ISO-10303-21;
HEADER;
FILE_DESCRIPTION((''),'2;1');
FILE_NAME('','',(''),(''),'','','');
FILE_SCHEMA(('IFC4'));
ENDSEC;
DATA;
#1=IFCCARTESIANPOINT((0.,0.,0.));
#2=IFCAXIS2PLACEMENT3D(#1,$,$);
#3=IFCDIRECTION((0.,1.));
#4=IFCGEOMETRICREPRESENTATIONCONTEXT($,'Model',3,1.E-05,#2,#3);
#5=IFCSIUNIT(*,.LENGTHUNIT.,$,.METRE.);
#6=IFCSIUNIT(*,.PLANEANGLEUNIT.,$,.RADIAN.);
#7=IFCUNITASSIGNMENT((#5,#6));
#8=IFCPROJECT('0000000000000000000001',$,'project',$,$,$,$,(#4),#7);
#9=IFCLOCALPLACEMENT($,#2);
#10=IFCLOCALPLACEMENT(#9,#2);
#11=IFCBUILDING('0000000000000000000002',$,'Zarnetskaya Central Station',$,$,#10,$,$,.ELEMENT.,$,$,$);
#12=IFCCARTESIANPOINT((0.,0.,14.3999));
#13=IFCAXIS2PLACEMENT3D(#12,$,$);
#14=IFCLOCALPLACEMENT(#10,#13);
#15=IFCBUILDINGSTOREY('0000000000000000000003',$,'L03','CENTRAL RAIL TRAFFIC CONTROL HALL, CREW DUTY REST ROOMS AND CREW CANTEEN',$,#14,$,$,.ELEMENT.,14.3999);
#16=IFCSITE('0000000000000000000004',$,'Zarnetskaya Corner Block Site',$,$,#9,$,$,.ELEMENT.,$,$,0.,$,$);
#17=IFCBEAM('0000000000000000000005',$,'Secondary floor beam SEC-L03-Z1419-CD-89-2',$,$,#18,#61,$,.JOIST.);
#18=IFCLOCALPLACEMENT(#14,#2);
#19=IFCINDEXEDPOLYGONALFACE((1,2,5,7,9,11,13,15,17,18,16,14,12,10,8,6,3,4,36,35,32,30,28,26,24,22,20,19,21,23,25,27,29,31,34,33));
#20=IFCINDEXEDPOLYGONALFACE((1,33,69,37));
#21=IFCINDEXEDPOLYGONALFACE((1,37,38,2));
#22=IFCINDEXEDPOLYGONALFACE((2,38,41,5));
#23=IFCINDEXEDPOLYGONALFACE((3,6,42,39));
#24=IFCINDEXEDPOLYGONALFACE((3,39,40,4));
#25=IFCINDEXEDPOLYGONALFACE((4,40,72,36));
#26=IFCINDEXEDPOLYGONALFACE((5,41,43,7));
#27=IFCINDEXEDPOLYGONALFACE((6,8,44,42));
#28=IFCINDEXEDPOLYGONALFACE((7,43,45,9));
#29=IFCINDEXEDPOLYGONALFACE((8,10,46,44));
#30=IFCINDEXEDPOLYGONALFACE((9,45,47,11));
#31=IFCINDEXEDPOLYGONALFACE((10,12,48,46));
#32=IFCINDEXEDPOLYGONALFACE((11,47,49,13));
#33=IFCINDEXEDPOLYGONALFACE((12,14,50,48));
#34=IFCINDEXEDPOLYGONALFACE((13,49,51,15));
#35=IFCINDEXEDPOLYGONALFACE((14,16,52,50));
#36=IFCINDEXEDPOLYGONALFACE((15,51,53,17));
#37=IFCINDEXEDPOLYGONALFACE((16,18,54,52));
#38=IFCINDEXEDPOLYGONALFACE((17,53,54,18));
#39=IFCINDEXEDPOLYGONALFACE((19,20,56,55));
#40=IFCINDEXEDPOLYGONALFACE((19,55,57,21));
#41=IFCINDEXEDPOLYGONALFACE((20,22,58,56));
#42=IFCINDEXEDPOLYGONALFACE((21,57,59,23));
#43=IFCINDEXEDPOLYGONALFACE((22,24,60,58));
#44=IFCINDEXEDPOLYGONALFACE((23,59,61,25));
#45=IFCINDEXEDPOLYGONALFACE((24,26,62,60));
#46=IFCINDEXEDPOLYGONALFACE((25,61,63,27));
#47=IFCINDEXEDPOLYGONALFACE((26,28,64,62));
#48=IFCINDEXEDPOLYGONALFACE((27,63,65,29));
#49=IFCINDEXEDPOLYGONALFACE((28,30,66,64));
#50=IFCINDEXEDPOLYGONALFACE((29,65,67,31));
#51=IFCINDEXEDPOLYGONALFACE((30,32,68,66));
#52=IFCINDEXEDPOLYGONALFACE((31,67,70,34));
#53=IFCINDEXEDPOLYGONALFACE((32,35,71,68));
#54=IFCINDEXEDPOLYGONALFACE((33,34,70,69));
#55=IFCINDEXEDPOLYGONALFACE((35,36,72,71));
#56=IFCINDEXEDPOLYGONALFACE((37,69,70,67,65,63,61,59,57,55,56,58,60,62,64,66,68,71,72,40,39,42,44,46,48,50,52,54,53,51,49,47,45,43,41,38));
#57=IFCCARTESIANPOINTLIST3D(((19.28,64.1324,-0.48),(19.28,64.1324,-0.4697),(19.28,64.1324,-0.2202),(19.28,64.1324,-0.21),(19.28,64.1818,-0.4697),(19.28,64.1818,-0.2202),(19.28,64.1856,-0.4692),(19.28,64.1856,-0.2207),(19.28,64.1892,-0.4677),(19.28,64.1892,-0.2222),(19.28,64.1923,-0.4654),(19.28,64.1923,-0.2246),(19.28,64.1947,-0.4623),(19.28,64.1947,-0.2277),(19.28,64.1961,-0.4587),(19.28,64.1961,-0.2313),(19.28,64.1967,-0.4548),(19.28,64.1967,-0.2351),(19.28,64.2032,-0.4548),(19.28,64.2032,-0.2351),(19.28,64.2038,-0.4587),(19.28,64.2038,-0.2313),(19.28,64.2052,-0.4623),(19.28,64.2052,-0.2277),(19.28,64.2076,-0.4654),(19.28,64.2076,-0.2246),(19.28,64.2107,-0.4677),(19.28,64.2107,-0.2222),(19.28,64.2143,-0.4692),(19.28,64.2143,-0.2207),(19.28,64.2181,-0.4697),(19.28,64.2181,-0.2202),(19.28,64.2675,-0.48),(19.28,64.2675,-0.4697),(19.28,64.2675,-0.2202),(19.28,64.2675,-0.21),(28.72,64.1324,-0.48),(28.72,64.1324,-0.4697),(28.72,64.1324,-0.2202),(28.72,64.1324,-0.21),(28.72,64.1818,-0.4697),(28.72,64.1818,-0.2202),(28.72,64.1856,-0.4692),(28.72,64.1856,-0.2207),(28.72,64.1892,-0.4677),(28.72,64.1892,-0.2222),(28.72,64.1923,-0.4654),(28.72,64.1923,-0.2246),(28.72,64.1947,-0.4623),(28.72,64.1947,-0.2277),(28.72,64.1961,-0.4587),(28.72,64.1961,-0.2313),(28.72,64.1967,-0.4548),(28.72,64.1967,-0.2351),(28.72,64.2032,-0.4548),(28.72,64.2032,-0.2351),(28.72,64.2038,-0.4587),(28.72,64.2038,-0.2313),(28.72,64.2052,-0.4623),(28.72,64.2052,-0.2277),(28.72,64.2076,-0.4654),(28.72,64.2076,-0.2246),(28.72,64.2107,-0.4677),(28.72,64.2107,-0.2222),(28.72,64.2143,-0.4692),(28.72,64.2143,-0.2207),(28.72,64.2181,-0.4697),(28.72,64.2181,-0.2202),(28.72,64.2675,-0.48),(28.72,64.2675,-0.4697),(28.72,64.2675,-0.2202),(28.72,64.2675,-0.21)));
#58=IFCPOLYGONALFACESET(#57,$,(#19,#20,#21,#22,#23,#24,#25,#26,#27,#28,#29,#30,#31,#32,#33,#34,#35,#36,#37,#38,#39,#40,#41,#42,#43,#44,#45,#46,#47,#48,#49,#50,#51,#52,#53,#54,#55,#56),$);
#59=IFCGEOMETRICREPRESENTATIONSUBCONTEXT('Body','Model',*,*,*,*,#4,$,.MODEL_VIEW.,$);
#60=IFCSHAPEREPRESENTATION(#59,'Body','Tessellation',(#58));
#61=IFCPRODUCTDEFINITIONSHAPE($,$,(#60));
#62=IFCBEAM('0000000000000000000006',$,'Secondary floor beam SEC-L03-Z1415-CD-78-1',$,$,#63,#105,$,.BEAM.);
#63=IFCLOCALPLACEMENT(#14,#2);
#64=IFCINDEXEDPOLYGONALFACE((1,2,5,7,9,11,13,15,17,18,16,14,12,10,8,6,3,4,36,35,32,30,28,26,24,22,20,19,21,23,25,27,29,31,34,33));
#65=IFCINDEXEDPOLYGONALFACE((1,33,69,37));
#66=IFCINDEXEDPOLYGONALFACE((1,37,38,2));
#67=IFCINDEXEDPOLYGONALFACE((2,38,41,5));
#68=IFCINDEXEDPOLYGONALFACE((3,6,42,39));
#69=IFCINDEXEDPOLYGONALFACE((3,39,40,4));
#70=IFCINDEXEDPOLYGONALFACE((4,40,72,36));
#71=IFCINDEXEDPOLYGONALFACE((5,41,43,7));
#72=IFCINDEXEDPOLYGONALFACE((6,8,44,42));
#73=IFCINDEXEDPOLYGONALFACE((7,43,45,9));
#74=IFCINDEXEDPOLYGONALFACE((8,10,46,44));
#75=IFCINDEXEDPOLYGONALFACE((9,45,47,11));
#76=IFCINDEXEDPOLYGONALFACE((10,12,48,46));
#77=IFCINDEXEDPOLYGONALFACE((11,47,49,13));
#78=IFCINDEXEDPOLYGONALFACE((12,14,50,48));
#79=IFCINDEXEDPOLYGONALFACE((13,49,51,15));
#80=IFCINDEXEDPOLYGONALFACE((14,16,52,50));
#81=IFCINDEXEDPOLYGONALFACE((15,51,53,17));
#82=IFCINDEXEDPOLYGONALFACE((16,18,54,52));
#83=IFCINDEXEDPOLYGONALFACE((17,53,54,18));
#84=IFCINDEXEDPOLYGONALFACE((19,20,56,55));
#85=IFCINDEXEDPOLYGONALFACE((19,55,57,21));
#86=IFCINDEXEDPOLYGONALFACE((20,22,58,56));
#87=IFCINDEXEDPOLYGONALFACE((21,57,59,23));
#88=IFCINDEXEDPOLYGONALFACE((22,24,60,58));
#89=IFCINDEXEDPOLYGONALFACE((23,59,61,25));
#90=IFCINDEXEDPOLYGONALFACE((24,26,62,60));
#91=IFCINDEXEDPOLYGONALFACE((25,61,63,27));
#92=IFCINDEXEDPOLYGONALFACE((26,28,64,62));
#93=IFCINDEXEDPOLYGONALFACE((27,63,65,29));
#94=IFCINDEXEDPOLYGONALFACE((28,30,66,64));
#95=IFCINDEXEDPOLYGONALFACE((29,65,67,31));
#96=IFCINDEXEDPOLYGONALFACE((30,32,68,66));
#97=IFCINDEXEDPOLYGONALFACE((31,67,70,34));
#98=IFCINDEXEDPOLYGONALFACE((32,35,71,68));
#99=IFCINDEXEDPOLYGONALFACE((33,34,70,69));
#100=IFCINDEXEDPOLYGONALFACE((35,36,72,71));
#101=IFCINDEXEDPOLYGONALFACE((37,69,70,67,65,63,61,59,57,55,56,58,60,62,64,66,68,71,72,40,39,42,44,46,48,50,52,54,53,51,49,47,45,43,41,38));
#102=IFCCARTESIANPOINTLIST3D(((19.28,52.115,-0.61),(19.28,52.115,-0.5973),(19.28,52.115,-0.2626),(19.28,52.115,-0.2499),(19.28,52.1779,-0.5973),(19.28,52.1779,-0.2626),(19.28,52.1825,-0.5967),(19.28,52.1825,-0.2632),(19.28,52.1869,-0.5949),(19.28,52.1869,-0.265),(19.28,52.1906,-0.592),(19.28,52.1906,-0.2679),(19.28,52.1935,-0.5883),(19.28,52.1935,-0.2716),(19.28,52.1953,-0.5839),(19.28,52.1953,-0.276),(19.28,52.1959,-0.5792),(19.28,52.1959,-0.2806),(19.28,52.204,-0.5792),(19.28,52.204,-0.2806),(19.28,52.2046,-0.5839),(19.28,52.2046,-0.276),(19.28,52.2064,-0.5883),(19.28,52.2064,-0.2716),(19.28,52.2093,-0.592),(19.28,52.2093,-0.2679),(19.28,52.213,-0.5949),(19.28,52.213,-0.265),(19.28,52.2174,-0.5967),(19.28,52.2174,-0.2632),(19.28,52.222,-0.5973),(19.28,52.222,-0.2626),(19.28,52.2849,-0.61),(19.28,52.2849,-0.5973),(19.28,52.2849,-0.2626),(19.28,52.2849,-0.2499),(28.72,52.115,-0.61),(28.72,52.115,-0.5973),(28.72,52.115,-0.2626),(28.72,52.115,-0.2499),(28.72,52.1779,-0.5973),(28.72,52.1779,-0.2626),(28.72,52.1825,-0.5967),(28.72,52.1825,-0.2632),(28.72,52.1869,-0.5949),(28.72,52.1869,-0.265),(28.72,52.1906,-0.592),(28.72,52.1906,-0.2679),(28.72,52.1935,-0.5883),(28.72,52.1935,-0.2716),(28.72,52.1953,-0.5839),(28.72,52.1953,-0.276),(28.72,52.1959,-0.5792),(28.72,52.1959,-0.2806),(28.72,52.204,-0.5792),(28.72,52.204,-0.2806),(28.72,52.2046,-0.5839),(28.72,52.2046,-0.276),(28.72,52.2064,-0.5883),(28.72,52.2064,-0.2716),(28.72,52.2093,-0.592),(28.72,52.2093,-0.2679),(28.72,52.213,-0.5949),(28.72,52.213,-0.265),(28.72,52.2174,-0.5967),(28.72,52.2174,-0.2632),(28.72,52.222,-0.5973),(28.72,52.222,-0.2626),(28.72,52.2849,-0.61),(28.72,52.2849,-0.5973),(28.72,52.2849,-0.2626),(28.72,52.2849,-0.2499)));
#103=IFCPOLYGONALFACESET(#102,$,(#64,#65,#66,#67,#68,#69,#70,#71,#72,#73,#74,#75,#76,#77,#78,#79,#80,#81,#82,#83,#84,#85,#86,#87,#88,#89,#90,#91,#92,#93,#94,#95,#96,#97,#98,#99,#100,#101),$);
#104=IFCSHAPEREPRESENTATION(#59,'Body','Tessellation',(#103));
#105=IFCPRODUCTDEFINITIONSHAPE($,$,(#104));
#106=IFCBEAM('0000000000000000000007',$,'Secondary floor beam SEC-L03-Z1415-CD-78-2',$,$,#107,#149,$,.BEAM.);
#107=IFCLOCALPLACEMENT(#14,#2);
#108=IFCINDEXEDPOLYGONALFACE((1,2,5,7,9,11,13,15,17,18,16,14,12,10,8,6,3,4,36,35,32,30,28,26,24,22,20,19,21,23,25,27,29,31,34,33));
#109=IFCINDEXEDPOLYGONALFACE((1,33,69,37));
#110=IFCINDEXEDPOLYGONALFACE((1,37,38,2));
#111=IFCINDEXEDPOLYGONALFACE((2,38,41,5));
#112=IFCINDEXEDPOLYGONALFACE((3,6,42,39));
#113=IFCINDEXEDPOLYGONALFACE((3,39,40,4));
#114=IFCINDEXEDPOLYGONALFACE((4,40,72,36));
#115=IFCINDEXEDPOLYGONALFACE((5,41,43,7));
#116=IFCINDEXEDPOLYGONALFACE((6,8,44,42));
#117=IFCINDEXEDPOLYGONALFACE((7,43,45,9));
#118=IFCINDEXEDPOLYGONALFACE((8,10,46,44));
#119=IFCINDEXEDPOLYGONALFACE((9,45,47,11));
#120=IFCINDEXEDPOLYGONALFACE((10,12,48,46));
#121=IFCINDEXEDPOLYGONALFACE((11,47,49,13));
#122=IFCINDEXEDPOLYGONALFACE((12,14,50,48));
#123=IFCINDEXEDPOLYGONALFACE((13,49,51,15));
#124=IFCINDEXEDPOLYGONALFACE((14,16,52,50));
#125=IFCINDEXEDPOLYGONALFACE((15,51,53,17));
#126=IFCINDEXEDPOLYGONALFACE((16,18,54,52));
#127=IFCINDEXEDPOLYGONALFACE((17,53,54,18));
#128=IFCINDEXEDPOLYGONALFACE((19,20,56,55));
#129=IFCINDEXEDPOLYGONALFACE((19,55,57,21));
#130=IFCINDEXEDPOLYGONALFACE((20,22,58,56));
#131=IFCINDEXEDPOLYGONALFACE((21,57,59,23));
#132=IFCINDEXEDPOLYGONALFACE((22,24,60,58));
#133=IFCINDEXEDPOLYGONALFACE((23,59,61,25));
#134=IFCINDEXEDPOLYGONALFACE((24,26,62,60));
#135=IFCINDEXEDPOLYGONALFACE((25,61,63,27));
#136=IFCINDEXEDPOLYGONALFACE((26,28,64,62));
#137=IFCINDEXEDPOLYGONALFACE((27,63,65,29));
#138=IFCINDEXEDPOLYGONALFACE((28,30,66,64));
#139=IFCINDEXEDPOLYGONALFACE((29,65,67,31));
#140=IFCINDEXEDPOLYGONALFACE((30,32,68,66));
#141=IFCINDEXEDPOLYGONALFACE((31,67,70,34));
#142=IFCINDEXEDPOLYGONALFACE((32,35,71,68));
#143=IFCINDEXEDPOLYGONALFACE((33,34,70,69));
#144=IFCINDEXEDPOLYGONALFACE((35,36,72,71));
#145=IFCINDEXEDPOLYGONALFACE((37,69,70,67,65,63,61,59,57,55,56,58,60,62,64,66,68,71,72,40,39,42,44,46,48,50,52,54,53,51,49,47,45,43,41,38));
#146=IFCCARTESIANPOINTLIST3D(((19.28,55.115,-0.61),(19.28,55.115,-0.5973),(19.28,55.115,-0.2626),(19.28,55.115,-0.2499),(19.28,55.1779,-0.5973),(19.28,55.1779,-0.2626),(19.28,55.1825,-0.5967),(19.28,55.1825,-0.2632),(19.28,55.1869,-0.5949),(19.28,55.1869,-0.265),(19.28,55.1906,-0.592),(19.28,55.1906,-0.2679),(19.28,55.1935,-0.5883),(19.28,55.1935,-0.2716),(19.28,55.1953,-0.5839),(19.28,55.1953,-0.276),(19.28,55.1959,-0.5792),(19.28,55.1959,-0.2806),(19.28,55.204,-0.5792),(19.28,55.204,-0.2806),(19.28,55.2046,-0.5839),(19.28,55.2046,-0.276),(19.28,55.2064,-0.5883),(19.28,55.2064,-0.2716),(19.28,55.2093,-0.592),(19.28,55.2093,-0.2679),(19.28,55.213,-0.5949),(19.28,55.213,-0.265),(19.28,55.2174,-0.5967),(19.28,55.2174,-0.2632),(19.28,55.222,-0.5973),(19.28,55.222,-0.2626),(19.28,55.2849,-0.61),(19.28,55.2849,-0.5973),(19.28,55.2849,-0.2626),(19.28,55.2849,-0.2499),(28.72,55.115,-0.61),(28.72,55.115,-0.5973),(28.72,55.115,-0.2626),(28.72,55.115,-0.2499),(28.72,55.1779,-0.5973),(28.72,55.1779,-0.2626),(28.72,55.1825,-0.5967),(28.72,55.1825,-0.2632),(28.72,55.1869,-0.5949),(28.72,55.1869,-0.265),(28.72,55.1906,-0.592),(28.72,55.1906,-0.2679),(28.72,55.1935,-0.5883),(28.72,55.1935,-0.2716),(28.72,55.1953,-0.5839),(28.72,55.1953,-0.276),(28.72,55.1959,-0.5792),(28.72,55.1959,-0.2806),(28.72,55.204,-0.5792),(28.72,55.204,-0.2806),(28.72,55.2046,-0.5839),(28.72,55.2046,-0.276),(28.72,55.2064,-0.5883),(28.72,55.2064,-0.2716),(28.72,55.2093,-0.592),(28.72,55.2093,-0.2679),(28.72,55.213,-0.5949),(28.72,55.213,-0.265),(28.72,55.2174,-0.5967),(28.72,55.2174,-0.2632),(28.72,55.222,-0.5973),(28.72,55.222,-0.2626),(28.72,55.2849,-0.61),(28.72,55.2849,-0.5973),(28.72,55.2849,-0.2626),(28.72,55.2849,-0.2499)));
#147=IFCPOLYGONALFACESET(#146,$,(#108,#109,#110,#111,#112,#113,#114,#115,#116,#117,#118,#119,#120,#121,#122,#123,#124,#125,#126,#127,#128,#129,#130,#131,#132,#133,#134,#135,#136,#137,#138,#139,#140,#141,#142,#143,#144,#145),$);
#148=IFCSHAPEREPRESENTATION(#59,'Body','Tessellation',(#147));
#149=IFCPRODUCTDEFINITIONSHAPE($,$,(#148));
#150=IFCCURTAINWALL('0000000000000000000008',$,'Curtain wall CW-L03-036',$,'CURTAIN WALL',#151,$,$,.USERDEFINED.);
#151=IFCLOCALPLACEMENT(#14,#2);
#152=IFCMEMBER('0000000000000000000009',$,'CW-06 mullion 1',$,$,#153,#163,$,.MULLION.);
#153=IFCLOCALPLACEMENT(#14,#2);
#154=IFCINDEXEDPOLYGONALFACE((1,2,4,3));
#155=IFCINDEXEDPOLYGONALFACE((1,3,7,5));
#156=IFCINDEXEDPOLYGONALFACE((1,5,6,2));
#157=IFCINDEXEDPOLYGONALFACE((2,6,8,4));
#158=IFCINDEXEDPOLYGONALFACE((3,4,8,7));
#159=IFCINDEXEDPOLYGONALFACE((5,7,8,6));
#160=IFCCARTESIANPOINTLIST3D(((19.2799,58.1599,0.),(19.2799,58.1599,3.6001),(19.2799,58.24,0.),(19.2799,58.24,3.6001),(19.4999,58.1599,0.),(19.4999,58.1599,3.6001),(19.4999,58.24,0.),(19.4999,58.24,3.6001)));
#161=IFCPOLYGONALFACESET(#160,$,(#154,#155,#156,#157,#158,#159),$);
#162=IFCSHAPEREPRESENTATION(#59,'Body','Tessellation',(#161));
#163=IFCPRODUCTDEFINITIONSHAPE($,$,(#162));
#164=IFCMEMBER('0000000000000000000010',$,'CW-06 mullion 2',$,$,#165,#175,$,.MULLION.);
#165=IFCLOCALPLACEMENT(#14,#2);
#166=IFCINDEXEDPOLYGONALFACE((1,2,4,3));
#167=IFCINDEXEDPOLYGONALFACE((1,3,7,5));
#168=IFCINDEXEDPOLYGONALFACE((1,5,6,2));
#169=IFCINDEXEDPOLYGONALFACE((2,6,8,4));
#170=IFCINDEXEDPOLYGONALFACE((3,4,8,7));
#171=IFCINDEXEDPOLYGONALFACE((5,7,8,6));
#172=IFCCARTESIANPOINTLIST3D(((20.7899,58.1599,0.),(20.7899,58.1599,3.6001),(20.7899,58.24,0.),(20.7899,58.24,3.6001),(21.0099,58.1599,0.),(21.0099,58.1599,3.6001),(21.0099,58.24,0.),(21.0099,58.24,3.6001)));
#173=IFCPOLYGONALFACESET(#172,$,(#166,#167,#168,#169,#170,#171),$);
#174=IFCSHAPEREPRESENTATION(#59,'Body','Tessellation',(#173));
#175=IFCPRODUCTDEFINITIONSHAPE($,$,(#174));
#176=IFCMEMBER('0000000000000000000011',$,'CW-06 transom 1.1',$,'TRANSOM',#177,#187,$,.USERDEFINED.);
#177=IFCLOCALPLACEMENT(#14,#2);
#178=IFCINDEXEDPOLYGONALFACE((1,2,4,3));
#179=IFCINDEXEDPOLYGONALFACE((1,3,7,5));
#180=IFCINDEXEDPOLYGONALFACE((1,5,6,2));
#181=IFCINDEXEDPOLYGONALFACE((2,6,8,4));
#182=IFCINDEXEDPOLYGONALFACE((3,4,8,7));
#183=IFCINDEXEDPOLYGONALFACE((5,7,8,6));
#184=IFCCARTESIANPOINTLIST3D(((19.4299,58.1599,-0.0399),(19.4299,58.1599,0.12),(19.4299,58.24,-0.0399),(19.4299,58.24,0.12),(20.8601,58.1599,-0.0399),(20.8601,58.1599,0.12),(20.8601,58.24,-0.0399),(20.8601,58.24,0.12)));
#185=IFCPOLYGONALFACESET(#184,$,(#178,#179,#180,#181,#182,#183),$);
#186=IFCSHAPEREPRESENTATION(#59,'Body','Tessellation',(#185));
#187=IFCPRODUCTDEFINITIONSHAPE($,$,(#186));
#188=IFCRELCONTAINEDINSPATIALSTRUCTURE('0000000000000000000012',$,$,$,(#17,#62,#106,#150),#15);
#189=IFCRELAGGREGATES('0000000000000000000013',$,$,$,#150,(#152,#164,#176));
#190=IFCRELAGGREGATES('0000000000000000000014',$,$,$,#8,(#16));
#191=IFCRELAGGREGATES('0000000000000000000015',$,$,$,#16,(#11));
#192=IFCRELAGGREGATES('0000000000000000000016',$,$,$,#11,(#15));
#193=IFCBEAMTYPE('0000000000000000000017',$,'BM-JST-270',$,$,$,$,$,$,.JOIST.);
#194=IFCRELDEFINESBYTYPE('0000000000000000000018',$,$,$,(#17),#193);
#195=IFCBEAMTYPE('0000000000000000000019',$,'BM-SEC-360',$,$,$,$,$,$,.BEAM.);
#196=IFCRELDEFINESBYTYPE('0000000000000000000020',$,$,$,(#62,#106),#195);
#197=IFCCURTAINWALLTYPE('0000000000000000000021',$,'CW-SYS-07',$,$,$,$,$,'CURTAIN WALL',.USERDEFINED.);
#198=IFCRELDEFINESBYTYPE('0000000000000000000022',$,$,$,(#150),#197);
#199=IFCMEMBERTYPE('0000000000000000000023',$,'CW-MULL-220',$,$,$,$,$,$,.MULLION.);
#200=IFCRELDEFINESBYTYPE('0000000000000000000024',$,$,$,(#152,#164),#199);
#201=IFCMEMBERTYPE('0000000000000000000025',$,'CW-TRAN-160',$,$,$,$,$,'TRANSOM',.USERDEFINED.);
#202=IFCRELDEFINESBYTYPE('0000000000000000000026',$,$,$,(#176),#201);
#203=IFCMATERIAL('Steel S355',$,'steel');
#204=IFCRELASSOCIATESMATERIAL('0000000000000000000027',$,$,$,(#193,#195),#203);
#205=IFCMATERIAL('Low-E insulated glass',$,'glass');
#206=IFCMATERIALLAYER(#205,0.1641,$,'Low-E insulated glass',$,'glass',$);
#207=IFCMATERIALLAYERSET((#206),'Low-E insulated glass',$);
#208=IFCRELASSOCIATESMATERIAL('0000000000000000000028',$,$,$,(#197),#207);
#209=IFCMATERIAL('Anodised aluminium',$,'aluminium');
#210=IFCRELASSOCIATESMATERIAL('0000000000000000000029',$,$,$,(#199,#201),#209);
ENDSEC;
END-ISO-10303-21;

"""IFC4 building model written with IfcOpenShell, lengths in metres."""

from ifc_helpers import new_model, si_unit, direction, frame, origin, origin_2d, place, context, subcontext, project, spatial, rectangle, i_section, extrude, material, layer, layer_set, material_profile, profile_set, type_object, element, aggregate, save


model = new_model("IFC4")

# Units and contexts
model_context = context("Model", 3, precision=1e-05, world=origin(), true_north=direction((0.0, 1.0)))
body_context = subcontext(model_context, "Body", "Model", "MODEL_VIEW")
ifc_project = project(units=[si_unit("LENGTHUNIT", "METRE"), si_unit("PLANEANGLEUNIT", "RADIAN")], contexts=[model_context])

# Site, building, storey
site_placement = place(None, origin())
site = spatial("IfcSite", under=ifc_project, at=site_placement, Name="Zarnetskaya Corner Block Site", CompositionType="ELEMENT", RefElevation=0.0)
building_placement = place(site_placement, origin())
building = spatial("IfcBuilding", under=site, at=building_placement, Name="Zarnetskaya Central Station", CompositionType="ELEMENT")
storey_placement = place(building_placement, frame((0.0, 0.0, 14.3999)))
storey = spatial("IfcBuildingStorey", under=building, at=storey_placement, Name="L03", Description="CENTRAL RAIL TRAFFIC CONTROL HALL, CREW DUTY REST ROOMS AND CREW CANTEEN", CompositionType="ELEMENT", Elevation=14.3999)

# Shared definitions
ifc_material_1 = material(Name="Steel S355", Category="steel")

# Beams
ifc_material_profile_1 = material_profile(ifc_material_1, i_section(OverallWidth=0.135, OverallDepth=0.27, WebThickness=0.0066, FlangeThickness=0.0103, FilletRadius=0.0149, at=origin_2d()), Name="IPE 270")
ifc_profile_set_1 = profile_set([ifc_material_profile_1], Name="Steel S355")
beam_type_1 = type_object("IfcBeamType", Name="BM-JST-270", PredefinedType="JOIST", material=ifc_profile_set_1)
for number, where, z_axis, x_axis, name in (
    (1, (19.28, 64.2, -0.345), (1.0, 0.0, 0.0), (0.0, 1.0, 0.0), "Secondary floor beam SEC-L03-Z1419-CD-89-2"),
):
    element("IfcBeam", number, at=place(storey_placement, frame(where, z_axis=z_axis, x_axis=x_axis)), inside=storey, type_object=beam_type_1, Name=name, PredefinedType="JOIST", context=body_context, shape_type="SweptSolid", body=[
        extrude(i_section(OverallWidth=0.135, OverallDepth=0.27, WebThickness=0.0066, FlangeThickness=0.0103, FilletRadius=0.0149, at=origin_2d()), origin(), (0.0, 0.0, 1.0), 9.4399),
    ])
ifc_material_profile_2 = material_profile(ifc_material_1, i_section(OverallWidth=0.1699, OverallDepth=0.3601, WebThickness=0.0081, FlangeThickness=0.0127, FilletRadius=0.0181, at=origin_2d()), Name="IPE 360")
ifc_profile_set_2 = profile_set([ifc_material_profile_2], Name="Steel S355")
beam_type_2 = type_object("IfcBeamType", Name="BM-SEC-360", PredefinedType="BEAM", material=ifc_profile_set_2)
for number, where, z_axis, x_axis, name in (
    (2, (19.28, 52.2, -0.4299), (1.0, 0.0, 0.0), (0.0, 1.0, 0.0), "Secondary floor beam SEC-L03-Z1415-CD-78-1"),
    (3, (19.28, 55.2, -0.4299), (1.0, 0.0, 0.0), (0.0, 1.0, 0.0), "Secondary floor beam SEC-L03-Z1415-CD-78-2"),
):
    element("IfcBeam", number, at=place(storey_placement, frame(where, z_axis=z_axis, x_axis=x_axis)), inside=storey, type_object=beam_type_2, Name=name, PredefinedType="BEAM", context=body_context, shape_type="SweptSolid", body=[
        extrude(i_section(OverallWidth=0.1699, OverallDepth=0.3601, WebThickness=0.0081, FlangeThickness=0.0127, FilletRadius=0.0181, at=origin_2d()), origin(), (0.0, 0.0, 1.0), 9.4399),
    ])

# Curtain wall, members
ifc_material_2 = material(Name="Low-E insulated glass", Category="glass")
ifc_layer_1 = layer(ifc_material_2, 0.1641, Name="Low-E insulated glass", Category="glass")
ifc_layer_set_1 = layer_set([ifc_layer_1], Name="Low-E insulated glass")
curtain_wall_type = type_object("IfcCurtainWallType", Name="CW-SYS-07", ElementType="CURTAIN WALL", PredefinedType="USERDEFINED", material=ifc_layer_set_1)
curtain_wall_placement = place(storey_placement, origin())
curtain_wall = element("IfcCurtainWall", 4, at=curtain_wall_placement, inside=storey, type_object=curtain_wall_type, Name="Curtain wall CW-L03-036", ObjectType="CURTAIN WALL", PredefinedType="USERDEFINED")
ifc_material_3 = material(Name="Anodised aluminium", Category="aluminium")
ifc_material_profile_3 = material_profile(ifc_material_3, rectangle(XDim=0.0801, YDim=0.22, at=origin_2d()), Name="ALU MULL 80x220")
ifc_profile_set_3 = profile_set([ifc_material_profile_3], Name="Anodised aluminium")
member_type_1 = type_object("IfcMemberType", Name="CW-MULL-220", PredefinedType="MULLION", material=ifc_profile_set_3)
member_1_placement = place(storey_placement, frame((19.3899, 58.2, 0.0), z_axis=(0.0, 0.0, 1.0), x_axis=(0.0, 1.0, 0.0)))
member_1 = element("IfcMember", 5, at=member_1_placement, type_object=member_type_1, Name="CW-06 mullion 1", PredefinedType="MULLION", context=body_context, shape_type="SweptSolid", body=[
    extrude(rectangle(XDim=0.0801, YDim=0.22, at=origin_2d()), origin(), (0.0, 0.0, 1.0), 3.6001),
])
member_2_placement = place(storey_placement, frame((20.8999, 58.2, 0.0), z_axis=(0.0, 0.0, 1.0), x_axis=(0.0, 1.0, 0.0)))
member_2 = element("IfcMember", 6, at=member_2_placement, type_object=member_type_1, Name="CW-06 mullion 2", PredefinedType="MULLION", context=body_context, shape_type="SweptSolid", body=[
    extrude(rectangle(XDim=0.0801, YDim=0.22, at=origin_2d()), origin(), (0.0, 0.0, 1.0), 3.6001),
])
ifc_material_profile_4 = material_profile(ifc_material_3, rectangle(XDim=0.0801, YDim=0.1599, at=origin_2d()), Name="ALU TRAN 80x160")
ifc_profile_set_4 = profile_set([ifc_material_profile_4], Name="Anodised aluminium")
member_type_2 = type_object("IfcMemberType", Name="CW-TRAN-160", ElementType="TRANSOM", PredefinedType="USERDEFINED", material=ifc_profile_set_4)
member_3_placement = place(storey_placement, frame((19.4299, 58.2, 0.04), z_axis=(1.0, 0.0, 0.0), x_axis=(0.0, 1.0, 0.0)))
member_3 = element("IfcMember", 7, at=member_3_placement, type_object=member_type_2, Name="CW-06 transom 1.1", ObjectType="TRANSOM", PredefinedType="USERDEFINED", context=body_context, shape_type="SweptSolid", body=[
    extrude(rectangle(XDim=0.0801, YDim=0.1599, at=origin_2d()), origin(), (0.0, 0.0, 1.0), 1.4302),
])

aggregate(curtain_wall, [member_1, member_2, member_3])

save(model, "model.ifc")
